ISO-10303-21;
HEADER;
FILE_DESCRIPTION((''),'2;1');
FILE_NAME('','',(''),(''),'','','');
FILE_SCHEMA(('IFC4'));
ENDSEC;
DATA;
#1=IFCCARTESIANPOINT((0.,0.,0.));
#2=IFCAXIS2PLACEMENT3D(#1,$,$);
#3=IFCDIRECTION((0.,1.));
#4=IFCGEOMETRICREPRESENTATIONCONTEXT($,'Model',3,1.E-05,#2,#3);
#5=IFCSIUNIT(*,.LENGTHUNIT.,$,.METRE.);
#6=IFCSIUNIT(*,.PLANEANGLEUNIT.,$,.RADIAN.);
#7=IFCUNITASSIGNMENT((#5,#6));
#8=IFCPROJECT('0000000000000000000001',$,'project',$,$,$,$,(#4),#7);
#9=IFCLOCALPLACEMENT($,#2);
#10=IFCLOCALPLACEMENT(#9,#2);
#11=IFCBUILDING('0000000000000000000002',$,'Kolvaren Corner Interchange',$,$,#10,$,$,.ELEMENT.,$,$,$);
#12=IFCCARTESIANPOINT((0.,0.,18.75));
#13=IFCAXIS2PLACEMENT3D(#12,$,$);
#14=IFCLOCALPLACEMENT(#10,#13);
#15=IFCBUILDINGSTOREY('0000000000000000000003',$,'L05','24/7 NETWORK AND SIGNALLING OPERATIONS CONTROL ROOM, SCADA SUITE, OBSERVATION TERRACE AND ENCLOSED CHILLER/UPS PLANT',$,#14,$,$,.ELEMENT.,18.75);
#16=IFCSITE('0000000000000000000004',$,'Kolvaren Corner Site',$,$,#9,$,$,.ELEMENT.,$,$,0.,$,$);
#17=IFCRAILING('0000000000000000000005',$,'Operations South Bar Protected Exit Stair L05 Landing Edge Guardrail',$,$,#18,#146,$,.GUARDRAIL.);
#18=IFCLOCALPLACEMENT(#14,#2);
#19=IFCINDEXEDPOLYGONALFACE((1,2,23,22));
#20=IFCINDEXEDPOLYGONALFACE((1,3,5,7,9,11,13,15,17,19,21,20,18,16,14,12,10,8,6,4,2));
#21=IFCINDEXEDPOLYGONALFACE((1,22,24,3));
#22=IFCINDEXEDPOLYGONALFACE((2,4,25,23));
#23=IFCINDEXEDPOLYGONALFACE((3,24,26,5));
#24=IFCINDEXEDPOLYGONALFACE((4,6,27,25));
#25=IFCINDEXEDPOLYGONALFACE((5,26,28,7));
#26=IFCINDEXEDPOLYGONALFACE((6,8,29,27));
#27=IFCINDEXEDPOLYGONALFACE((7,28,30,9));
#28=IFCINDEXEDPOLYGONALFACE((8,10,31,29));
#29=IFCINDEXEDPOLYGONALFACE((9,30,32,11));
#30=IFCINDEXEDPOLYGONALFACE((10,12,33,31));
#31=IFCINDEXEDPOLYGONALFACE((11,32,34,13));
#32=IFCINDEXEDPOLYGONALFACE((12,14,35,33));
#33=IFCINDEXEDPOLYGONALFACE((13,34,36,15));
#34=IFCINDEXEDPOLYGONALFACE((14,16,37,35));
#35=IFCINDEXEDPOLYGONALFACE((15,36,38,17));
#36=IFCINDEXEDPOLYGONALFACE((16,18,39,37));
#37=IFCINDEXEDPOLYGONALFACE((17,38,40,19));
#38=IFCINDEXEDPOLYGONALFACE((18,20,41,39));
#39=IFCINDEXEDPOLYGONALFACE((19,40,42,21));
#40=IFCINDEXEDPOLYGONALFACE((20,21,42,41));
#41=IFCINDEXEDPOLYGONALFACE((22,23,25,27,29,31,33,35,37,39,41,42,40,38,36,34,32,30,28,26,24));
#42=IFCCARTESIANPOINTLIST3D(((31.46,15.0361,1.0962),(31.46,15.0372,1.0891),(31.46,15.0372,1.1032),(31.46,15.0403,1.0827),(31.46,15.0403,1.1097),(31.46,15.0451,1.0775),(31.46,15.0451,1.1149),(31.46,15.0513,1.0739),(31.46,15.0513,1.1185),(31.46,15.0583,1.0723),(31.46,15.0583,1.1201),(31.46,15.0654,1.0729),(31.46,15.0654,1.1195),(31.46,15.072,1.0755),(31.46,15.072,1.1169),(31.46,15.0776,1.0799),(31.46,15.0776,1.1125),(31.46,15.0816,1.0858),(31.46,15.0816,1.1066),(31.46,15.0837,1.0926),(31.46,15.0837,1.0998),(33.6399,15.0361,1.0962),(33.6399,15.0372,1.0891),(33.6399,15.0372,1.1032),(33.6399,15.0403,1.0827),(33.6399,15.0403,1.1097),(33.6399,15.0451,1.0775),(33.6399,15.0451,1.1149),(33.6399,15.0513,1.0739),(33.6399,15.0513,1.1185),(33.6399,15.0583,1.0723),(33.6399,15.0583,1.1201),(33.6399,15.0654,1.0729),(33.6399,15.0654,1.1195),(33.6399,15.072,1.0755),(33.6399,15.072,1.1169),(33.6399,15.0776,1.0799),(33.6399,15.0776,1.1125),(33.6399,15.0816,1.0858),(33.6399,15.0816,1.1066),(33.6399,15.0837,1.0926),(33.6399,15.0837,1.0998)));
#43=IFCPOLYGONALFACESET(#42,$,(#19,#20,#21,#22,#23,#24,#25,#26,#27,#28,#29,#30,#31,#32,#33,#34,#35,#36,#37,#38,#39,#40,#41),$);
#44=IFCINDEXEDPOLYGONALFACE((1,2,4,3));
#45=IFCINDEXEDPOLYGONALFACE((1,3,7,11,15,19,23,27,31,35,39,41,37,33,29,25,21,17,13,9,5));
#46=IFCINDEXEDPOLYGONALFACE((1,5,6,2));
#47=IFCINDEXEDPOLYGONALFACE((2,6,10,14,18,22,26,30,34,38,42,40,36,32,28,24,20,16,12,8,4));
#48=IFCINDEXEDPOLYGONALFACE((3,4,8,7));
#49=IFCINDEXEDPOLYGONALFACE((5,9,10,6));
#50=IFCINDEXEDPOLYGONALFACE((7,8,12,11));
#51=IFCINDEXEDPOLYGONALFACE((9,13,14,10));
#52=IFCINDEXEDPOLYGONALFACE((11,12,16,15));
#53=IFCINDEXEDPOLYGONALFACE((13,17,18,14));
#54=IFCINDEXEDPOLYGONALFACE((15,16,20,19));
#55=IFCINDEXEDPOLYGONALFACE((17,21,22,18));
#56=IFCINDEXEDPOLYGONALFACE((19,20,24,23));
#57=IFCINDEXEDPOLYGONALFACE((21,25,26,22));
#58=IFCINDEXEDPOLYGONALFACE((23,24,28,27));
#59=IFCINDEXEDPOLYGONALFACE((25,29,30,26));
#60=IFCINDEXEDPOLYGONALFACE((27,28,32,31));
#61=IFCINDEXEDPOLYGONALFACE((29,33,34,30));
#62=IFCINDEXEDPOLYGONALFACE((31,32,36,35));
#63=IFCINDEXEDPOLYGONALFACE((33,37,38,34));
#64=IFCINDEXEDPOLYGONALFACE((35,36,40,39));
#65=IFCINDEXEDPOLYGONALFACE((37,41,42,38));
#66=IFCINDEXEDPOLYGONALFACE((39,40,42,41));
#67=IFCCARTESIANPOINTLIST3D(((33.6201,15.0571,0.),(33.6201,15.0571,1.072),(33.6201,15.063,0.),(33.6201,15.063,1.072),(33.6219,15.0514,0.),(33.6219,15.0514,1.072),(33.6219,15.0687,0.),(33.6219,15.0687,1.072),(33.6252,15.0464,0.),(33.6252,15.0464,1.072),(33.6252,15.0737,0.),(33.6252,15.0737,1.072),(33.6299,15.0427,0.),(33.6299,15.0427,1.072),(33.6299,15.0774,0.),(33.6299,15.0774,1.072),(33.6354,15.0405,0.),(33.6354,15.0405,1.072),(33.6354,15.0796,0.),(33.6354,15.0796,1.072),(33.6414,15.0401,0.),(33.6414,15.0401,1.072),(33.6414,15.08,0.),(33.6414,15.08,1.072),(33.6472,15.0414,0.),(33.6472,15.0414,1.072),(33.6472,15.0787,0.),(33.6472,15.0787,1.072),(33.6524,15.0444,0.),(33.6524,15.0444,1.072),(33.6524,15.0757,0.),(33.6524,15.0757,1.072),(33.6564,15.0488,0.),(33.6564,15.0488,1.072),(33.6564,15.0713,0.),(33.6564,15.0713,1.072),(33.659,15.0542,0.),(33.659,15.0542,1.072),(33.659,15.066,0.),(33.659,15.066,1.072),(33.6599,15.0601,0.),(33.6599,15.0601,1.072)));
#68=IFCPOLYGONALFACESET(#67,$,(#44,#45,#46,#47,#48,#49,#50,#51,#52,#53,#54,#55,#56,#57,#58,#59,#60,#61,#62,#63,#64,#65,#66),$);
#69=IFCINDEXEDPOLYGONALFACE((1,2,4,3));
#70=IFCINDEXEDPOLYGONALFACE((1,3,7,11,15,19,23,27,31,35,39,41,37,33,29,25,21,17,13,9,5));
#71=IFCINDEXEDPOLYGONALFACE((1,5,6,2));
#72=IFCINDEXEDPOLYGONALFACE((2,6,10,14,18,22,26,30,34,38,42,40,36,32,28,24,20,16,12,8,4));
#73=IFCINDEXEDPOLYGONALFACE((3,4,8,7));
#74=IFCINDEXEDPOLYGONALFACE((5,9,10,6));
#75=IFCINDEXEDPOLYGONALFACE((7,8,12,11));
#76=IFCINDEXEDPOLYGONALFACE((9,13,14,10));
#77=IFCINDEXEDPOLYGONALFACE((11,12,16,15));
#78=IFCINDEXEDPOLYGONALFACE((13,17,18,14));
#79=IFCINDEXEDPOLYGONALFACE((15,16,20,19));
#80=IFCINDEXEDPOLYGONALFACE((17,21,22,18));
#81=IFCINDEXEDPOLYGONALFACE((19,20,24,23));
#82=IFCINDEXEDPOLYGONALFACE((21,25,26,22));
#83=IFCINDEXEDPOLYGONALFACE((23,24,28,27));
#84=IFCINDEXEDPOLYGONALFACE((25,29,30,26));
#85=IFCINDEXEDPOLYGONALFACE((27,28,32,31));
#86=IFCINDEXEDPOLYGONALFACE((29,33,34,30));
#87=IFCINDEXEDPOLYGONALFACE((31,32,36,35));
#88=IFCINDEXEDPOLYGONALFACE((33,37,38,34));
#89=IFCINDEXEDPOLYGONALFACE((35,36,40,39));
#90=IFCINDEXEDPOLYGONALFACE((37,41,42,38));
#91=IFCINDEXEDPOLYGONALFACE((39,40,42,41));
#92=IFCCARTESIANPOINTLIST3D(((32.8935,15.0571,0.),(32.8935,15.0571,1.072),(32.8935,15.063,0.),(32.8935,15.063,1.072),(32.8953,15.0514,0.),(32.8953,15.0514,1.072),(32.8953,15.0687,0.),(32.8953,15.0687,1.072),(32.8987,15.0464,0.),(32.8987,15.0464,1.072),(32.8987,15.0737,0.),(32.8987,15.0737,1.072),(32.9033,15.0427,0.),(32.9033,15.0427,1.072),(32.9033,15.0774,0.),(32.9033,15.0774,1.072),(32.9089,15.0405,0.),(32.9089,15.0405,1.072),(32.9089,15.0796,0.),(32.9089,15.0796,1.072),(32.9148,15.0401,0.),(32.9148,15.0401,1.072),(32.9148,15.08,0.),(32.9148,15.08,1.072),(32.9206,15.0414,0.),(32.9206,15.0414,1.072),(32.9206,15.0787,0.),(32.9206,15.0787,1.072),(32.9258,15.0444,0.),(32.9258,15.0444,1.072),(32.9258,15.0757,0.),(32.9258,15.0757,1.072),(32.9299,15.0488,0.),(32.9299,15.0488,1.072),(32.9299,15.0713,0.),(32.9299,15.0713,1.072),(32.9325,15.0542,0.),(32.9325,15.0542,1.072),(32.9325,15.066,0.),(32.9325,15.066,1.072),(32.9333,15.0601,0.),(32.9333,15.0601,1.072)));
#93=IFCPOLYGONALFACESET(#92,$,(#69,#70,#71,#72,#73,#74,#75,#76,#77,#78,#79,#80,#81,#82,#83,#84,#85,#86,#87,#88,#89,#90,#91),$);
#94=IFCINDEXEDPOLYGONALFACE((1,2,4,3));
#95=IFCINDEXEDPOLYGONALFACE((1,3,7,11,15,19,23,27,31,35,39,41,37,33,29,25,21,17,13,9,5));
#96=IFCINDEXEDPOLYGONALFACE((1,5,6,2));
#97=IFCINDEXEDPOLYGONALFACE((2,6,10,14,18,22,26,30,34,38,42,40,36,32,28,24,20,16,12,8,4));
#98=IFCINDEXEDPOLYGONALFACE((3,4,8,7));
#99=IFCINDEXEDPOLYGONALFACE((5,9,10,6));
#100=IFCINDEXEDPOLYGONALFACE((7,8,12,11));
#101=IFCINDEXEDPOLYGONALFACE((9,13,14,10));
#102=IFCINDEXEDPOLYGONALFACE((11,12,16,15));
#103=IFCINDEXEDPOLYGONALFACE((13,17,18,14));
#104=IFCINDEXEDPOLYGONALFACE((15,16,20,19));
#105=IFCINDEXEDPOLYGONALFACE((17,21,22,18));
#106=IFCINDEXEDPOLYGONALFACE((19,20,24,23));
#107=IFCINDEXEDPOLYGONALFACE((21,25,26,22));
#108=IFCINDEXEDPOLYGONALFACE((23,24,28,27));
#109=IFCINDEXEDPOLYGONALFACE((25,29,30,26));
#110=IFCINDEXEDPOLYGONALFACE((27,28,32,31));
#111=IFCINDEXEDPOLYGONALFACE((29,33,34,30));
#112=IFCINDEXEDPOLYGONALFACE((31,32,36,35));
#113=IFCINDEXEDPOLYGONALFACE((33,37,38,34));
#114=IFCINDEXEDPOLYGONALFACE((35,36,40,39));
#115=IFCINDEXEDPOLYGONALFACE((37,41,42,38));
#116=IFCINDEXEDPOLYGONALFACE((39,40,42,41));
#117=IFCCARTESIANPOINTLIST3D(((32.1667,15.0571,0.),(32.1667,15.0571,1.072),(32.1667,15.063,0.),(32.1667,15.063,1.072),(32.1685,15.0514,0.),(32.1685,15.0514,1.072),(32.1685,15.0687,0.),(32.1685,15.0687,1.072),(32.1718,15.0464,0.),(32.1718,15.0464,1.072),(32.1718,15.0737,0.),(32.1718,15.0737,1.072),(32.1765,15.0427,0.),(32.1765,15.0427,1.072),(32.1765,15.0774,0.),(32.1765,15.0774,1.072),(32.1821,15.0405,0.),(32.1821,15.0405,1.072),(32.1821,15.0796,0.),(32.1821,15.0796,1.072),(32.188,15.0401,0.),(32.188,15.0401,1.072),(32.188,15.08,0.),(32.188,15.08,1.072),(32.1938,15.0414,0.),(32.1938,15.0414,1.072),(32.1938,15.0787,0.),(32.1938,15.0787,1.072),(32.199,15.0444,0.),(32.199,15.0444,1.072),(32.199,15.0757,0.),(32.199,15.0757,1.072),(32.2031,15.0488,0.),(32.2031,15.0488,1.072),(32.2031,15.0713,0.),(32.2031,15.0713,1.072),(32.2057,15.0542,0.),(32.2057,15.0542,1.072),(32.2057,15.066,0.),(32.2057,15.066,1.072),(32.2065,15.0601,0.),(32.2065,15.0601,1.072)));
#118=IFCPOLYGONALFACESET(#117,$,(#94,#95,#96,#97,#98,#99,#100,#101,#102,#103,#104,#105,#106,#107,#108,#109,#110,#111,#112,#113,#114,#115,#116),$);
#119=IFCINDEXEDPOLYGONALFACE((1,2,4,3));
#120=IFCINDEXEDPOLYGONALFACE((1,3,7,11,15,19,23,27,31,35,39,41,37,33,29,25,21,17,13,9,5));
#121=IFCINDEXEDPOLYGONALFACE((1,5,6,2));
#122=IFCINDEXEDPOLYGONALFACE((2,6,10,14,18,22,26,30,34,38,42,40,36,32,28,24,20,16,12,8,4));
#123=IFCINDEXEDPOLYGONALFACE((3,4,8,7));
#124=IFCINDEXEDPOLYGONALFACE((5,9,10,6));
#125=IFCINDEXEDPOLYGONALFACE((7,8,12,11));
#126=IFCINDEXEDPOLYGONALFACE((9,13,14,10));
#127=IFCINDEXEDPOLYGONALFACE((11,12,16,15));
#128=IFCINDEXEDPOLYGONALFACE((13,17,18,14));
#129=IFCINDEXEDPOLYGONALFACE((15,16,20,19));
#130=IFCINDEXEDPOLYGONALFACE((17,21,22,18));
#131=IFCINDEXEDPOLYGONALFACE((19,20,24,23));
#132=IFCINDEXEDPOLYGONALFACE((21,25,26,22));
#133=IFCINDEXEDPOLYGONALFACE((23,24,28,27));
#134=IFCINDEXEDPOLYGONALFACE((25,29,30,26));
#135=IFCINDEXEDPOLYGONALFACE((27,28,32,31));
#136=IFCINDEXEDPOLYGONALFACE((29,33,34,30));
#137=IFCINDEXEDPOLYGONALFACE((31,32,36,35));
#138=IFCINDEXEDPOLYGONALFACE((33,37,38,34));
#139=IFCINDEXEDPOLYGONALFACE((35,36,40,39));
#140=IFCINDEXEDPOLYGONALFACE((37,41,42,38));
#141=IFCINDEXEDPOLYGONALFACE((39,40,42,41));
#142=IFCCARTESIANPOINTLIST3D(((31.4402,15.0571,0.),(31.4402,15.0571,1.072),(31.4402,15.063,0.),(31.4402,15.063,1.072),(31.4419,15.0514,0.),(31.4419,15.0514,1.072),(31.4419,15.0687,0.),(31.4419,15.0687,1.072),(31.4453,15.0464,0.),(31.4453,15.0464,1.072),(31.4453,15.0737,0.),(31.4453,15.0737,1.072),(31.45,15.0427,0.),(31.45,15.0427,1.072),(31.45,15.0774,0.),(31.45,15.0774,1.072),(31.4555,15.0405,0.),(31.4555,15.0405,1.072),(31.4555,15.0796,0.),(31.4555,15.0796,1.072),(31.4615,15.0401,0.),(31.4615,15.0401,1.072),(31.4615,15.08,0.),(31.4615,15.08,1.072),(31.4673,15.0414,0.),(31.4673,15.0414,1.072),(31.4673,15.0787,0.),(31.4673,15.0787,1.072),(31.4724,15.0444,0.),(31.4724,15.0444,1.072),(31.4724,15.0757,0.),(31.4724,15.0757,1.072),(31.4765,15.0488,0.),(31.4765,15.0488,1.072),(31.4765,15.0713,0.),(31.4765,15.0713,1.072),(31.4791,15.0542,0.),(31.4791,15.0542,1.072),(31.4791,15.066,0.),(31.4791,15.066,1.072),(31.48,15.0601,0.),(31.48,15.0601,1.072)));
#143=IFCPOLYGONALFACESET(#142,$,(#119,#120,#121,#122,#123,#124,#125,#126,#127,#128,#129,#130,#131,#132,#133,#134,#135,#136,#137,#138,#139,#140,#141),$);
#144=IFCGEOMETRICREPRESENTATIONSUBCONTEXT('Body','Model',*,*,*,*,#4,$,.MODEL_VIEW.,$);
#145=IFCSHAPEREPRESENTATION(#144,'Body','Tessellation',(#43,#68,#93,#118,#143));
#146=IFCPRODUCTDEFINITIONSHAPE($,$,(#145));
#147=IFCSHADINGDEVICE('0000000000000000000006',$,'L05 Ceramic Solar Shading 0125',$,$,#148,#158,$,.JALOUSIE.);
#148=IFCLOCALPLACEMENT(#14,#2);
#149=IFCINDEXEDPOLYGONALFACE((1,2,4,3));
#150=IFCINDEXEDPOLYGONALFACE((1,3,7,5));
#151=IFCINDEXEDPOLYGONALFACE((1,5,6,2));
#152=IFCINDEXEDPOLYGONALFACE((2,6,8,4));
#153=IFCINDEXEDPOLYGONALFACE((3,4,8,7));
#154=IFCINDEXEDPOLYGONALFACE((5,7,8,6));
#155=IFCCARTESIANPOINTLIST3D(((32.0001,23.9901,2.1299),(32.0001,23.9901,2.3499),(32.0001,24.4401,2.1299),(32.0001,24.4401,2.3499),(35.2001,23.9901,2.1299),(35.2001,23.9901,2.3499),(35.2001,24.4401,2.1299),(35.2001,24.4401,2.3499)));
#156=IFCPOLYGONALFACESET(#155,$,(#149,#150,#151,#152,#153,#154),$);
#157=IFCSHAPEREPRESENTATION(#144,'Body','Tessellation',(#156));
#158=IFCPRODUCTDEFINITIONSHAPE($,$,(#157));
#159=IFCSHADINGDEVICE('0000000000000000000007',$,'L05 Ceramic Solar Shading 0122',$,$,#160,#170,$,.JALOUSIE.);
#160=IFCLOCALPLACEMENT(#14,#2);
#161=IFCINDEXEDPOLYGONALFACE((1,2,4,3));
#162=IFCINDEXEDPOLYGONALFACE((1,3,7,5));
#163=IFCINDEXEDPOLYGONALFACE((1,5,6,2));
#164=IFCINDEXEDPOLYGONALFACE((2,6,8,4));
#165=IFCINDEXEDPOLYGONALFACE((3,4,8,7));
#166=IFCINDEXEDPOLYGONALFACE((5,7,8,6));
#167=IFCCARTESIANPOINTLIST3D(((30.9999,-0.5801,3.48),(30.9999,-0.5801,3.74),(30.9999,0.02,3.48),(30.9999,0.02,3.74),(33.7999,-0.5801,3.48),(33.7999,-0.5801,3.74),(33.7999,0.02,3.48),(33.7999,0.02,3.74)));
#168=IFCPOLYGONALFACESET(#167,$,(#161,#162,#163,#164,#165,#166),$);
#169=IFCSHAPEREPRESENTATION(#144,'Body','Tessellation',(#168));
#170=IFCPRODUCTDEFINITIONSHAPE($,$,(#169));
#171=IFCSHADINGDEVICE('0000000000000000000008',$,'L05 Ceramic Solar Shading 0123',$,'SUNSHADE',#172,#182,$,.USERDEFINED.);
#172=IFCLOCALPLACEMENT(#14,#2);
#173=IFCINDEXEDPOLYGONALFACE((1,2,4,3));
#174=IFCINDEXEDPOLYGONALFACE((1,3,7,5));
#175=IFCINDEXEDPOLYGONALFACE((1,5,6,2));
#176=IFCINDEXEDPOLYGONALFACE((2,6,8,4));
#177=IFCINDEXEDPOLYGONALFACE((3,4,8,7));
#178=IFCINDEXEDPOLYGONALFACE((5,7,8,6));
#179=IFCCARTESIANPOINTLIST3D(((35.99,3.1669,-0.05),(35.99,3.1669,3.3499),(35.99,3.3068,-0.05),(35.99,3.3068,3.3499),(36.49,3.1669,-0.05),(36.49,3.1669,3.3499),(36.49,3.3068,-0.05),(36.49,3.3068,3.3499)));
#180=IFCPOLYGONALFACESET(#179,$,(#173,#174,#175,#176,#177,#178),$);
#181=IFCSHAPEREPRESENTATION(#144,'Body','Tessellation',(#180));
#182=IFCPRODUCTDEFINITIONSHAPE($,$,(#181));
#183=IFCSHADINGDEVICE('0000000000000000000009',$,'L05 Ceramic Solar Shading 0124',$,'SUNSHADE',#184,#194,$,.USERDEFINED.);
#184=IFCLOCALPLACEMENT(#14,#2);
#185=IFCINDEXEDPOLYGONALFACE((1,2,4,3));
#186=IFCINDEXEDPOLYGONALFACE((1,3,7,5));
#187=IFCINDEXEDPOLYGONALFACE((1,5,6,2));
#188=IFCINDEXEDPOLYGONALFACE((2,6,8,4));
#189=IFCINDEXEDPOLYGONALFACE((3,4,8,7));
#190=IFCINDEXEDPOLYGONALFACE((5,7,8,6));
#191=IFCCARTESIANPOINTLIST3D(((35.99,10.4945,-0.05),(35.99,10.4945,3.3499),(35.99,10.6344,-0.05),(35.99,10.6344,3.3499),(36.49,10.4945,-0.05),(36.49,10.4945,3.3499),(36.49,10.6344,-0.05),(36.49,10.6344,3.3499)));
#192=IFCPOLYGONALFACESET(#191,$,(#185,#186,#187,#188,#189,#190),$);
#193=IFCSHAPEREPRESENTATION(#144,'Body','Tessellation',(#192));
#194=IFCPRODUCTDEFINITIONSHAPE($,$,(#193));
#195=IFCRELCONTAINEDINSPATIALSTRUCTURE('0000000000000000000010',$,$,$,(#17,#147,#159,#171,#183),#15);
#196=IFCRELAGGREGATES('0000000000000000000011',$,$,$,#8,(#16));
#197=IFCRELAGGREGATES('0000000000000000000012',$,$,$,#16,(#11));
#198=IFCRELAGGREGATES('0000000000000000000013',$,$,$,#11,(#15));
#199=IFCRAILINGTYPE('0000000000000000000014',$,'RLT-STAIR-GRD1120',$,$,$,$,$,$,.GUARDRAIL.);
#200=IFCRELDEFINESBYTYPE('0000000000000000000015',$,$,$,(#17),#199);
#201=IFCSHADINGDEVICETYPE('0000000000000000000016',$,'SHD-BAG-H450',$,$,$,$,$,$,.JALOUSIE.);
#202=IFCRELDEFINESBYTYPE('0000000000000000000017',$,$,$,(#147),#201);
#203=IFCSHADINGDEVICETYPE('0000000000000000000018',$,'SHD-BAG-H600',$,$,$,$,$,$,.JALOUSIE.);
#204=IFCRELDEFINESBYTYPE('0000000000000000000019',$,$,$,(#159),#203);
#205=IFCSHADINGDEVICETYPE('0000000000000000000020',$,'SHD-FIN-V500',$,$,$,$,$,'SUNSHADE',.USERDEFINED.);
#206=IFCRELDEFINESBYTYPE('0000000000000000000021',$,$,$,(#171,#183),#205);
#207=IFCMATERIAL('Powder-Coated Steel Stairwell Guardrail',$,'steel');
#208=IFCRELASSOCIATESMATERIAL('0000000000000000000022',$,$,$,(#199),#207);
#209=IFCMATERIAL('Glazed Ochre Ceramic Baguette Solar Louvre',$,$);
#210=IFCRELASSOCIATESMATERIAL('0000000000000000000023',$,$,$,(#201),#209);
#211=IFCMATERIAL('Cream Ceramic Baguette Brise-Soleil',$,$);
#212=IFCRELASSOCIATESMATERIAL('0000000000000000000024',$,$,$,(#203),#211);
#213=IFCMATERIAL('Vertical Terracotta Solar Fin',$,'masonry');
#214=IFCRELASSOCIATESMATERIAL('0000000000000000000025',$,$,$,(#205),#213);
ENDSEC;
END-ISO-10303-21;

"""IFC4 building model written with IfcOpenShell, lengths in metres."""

from ifc_helpers import new_model, si_unit, direction, frame, origin, origin_2d, place, context, subcontext, project, spatial, rectangle, circle, extrude, material, type_object, element, save


model = new_model("IFC4")

# Units and contexts
model_context = context("Model", 3, precision=1e-05, world=origin(), true_north=direction((0.0, 1.0)))
body_context = subcontext(model_context, "Body", "Model", "MODEL_VIEW")
ifc_project = project(units=[si_unit("LENGTHUNIT", "METRE"), si_unit("PLANEANGLEUNIT", "RADIAN")], contexts=[model_context])

# Site, building, storey
site_placement = place(None, origin())
site = spatial("IfcSite", under=ifc_project, at=site_placement, Name="Kolvaren Corner Site", CompositionType="ELEMENT", RefElevation=0.0)
building_placement = place(site_placement, origin())
building = spatial("IfcBuilding", under=site, at=building_placement, Name="Kolvaren Corner Interchange", CompositionType="ELEMENT")
storey_placement = place(building_placement, frame((0.0, 0.0, 18.75)))
storey = spatial("IfcBuildingStorey", under=building, at=storey_placement, Name="L05", Description="24/7 NETWORK AND SIGNALLING OPERATIONS CONTROL ROOM, SCADA SUITE, OBSERVATION TERRACE AND ENCLOSED CHILLER/UPS PLANT", CompositionType="ELEMENT", Elevation=18.75)

# Railing
ifc_material_1 = material(Name="Powder-Coated Steel Stairwell Guardrail", Category="steel")
railing_type = type_object("IfcRailingType", Name="RLT-STAIR-GRD1120", PredefinedType="GUARDRAIL", material=ifc_material_1)
railing_placement = place(storey_placement, frame((33.6399, 15.0601, 0.0)))
element("IfcRailing", 1, at=railing_placement, inside=storey, type_object=railing_type, Name="Operations South Bar Protected Exit Stair L05 Landing Edge Guardrail", PredefinedType="GUARDRAIL", context=body_context, shape_type="SweptSolid", body=[
    extrude(circle(Radius=0.0239, at=origin_2d()), frame((0.0, 0.0, 1.0962), z_axis=(-1.0, 0.0, 0.0), x_axis=(0.0, -1.0, 0.0)), (0.0, 0.0, 1.0), 2.1799),
    extrude(circle(Radius=0.02, at=origin_2d()), origin(), (0.0, 0.0, 1.0), 1.072),
    extrude(circle(Radius=0.02, at=origin_2d()), frame((-0.7266, 0.0, 0.0)), (0.0, 0.0, 1.0), 1.072),
    extrude(circle(Radius=0.02, at=origin_2d()), frame((-1.4534, 0.0, 0.0)), (0.0, 0.0, 1.0), 1.072),
    extrude(circle(Radius=0.02, at=origin_2d()), frame((-2.1799, 0.0, 0.0)), (0.0, 0.0, 1.0), 1.072),
])

# Shading devices
ifc_material_2 = material(Name="Glazed Ochre Ceramic Baguette Solar Louvre")
shading_device_type_1 = type_object("IfcShadingDeviceType", Name="SHD-BAG-H450", PredefinedType="JALOUSIE", material=ifc_material_2)
shading_device_1_placement = place(storey_placement, frame((33.6001, 24.2151, 2.1299), z_axis=(0.0, 0.0, 1.0), x_axis=(-1.0, 0.0, 0.0)))
element("IfcShadingDevice", 2, at=shading_device_1_placement, inside=storey, type_object=shading_device_type_1, Name="L05 Ceramic Solar Shading 0125", PredefinedType="JALOUSIE", context=body_context, shape_type="SweptSolid", body=[
    extrude(rectangle(XDim=3.2, YDim=0.45, at=origin_2d()), origin(), (0.0, 0.0, 1.0), 0.22),
])
ifc_material_3 = material(Name="Cream Ceramic Baguette Brise-Soleil")
shading_device_type_2 = type_object("IfcShadingDeviceType", Name="SHD-BAG-H600", PredefinedType="JALOUSIE", material=ifc_material_3)
shading_device_2_placement = place(storey_placement, frame((32.3999, -0.28, 3.48), z_axis=(0.0, 0.0, 1.0), x_axis=(1.0, 0.0, 0.0)))
element("IfcShadingDevice", 3, at=shading_device_2_placement, inside=storey, type_object=shading_device_type_2, Name="L05 Ceramic Solar Shading 0122", PredefinedType="JALOUSIE", context=body_context, shape_type="SweptSolid", body=[
    extrude(rectangle(XDim=2.8, YDim=0.6001, at=origin_2d()), origin(), (0.0, 0.0, 1.0), 0.26),
])
ifc_material_4 = material(Name="Vertical Terracotta Solar Fin", Category="masonry")
shading_device_type_3 = type_object("IfcShadingDeviceType", Name="SHD-FIN-V500", ElementType="SUNSHADE", PredefinedType="USERDEFINED", material=ifc_material_4)
for number, where, z_axis, x_axis, name in (
    (4, (36.24, 3.2368, -0.05), (0.0, 0.0, 1.0), (0.0, 1.0, 0.0), "L05 Ceramic Solar Shading 0123"),
    (5, (36.24, 10.5645, -0.05), (0.0, 0.0, 1.0), (0.0, 1.0, 0.0), "L05 Ceramic Solar Shading 0124"),
):
    element("IfcShadingDevice", number, at=place(storey_placement, frame(where, z_axis=z_axis, x_axis=x_axis)), inside=storey, type_object=shading_device_type_3, Name=name, ObjectType="SUNSHADE", PredefinedType="USERDEFINED", context=body_context, shape_type="SweptSolid", body=[
        extrude(rectangle(XDim=0.1399, YDim=0.5, at=origin_2d()), origin(), (0.0, 0.0, 1.0), 3.3999),
    ])

save(model, "model.ifc")
